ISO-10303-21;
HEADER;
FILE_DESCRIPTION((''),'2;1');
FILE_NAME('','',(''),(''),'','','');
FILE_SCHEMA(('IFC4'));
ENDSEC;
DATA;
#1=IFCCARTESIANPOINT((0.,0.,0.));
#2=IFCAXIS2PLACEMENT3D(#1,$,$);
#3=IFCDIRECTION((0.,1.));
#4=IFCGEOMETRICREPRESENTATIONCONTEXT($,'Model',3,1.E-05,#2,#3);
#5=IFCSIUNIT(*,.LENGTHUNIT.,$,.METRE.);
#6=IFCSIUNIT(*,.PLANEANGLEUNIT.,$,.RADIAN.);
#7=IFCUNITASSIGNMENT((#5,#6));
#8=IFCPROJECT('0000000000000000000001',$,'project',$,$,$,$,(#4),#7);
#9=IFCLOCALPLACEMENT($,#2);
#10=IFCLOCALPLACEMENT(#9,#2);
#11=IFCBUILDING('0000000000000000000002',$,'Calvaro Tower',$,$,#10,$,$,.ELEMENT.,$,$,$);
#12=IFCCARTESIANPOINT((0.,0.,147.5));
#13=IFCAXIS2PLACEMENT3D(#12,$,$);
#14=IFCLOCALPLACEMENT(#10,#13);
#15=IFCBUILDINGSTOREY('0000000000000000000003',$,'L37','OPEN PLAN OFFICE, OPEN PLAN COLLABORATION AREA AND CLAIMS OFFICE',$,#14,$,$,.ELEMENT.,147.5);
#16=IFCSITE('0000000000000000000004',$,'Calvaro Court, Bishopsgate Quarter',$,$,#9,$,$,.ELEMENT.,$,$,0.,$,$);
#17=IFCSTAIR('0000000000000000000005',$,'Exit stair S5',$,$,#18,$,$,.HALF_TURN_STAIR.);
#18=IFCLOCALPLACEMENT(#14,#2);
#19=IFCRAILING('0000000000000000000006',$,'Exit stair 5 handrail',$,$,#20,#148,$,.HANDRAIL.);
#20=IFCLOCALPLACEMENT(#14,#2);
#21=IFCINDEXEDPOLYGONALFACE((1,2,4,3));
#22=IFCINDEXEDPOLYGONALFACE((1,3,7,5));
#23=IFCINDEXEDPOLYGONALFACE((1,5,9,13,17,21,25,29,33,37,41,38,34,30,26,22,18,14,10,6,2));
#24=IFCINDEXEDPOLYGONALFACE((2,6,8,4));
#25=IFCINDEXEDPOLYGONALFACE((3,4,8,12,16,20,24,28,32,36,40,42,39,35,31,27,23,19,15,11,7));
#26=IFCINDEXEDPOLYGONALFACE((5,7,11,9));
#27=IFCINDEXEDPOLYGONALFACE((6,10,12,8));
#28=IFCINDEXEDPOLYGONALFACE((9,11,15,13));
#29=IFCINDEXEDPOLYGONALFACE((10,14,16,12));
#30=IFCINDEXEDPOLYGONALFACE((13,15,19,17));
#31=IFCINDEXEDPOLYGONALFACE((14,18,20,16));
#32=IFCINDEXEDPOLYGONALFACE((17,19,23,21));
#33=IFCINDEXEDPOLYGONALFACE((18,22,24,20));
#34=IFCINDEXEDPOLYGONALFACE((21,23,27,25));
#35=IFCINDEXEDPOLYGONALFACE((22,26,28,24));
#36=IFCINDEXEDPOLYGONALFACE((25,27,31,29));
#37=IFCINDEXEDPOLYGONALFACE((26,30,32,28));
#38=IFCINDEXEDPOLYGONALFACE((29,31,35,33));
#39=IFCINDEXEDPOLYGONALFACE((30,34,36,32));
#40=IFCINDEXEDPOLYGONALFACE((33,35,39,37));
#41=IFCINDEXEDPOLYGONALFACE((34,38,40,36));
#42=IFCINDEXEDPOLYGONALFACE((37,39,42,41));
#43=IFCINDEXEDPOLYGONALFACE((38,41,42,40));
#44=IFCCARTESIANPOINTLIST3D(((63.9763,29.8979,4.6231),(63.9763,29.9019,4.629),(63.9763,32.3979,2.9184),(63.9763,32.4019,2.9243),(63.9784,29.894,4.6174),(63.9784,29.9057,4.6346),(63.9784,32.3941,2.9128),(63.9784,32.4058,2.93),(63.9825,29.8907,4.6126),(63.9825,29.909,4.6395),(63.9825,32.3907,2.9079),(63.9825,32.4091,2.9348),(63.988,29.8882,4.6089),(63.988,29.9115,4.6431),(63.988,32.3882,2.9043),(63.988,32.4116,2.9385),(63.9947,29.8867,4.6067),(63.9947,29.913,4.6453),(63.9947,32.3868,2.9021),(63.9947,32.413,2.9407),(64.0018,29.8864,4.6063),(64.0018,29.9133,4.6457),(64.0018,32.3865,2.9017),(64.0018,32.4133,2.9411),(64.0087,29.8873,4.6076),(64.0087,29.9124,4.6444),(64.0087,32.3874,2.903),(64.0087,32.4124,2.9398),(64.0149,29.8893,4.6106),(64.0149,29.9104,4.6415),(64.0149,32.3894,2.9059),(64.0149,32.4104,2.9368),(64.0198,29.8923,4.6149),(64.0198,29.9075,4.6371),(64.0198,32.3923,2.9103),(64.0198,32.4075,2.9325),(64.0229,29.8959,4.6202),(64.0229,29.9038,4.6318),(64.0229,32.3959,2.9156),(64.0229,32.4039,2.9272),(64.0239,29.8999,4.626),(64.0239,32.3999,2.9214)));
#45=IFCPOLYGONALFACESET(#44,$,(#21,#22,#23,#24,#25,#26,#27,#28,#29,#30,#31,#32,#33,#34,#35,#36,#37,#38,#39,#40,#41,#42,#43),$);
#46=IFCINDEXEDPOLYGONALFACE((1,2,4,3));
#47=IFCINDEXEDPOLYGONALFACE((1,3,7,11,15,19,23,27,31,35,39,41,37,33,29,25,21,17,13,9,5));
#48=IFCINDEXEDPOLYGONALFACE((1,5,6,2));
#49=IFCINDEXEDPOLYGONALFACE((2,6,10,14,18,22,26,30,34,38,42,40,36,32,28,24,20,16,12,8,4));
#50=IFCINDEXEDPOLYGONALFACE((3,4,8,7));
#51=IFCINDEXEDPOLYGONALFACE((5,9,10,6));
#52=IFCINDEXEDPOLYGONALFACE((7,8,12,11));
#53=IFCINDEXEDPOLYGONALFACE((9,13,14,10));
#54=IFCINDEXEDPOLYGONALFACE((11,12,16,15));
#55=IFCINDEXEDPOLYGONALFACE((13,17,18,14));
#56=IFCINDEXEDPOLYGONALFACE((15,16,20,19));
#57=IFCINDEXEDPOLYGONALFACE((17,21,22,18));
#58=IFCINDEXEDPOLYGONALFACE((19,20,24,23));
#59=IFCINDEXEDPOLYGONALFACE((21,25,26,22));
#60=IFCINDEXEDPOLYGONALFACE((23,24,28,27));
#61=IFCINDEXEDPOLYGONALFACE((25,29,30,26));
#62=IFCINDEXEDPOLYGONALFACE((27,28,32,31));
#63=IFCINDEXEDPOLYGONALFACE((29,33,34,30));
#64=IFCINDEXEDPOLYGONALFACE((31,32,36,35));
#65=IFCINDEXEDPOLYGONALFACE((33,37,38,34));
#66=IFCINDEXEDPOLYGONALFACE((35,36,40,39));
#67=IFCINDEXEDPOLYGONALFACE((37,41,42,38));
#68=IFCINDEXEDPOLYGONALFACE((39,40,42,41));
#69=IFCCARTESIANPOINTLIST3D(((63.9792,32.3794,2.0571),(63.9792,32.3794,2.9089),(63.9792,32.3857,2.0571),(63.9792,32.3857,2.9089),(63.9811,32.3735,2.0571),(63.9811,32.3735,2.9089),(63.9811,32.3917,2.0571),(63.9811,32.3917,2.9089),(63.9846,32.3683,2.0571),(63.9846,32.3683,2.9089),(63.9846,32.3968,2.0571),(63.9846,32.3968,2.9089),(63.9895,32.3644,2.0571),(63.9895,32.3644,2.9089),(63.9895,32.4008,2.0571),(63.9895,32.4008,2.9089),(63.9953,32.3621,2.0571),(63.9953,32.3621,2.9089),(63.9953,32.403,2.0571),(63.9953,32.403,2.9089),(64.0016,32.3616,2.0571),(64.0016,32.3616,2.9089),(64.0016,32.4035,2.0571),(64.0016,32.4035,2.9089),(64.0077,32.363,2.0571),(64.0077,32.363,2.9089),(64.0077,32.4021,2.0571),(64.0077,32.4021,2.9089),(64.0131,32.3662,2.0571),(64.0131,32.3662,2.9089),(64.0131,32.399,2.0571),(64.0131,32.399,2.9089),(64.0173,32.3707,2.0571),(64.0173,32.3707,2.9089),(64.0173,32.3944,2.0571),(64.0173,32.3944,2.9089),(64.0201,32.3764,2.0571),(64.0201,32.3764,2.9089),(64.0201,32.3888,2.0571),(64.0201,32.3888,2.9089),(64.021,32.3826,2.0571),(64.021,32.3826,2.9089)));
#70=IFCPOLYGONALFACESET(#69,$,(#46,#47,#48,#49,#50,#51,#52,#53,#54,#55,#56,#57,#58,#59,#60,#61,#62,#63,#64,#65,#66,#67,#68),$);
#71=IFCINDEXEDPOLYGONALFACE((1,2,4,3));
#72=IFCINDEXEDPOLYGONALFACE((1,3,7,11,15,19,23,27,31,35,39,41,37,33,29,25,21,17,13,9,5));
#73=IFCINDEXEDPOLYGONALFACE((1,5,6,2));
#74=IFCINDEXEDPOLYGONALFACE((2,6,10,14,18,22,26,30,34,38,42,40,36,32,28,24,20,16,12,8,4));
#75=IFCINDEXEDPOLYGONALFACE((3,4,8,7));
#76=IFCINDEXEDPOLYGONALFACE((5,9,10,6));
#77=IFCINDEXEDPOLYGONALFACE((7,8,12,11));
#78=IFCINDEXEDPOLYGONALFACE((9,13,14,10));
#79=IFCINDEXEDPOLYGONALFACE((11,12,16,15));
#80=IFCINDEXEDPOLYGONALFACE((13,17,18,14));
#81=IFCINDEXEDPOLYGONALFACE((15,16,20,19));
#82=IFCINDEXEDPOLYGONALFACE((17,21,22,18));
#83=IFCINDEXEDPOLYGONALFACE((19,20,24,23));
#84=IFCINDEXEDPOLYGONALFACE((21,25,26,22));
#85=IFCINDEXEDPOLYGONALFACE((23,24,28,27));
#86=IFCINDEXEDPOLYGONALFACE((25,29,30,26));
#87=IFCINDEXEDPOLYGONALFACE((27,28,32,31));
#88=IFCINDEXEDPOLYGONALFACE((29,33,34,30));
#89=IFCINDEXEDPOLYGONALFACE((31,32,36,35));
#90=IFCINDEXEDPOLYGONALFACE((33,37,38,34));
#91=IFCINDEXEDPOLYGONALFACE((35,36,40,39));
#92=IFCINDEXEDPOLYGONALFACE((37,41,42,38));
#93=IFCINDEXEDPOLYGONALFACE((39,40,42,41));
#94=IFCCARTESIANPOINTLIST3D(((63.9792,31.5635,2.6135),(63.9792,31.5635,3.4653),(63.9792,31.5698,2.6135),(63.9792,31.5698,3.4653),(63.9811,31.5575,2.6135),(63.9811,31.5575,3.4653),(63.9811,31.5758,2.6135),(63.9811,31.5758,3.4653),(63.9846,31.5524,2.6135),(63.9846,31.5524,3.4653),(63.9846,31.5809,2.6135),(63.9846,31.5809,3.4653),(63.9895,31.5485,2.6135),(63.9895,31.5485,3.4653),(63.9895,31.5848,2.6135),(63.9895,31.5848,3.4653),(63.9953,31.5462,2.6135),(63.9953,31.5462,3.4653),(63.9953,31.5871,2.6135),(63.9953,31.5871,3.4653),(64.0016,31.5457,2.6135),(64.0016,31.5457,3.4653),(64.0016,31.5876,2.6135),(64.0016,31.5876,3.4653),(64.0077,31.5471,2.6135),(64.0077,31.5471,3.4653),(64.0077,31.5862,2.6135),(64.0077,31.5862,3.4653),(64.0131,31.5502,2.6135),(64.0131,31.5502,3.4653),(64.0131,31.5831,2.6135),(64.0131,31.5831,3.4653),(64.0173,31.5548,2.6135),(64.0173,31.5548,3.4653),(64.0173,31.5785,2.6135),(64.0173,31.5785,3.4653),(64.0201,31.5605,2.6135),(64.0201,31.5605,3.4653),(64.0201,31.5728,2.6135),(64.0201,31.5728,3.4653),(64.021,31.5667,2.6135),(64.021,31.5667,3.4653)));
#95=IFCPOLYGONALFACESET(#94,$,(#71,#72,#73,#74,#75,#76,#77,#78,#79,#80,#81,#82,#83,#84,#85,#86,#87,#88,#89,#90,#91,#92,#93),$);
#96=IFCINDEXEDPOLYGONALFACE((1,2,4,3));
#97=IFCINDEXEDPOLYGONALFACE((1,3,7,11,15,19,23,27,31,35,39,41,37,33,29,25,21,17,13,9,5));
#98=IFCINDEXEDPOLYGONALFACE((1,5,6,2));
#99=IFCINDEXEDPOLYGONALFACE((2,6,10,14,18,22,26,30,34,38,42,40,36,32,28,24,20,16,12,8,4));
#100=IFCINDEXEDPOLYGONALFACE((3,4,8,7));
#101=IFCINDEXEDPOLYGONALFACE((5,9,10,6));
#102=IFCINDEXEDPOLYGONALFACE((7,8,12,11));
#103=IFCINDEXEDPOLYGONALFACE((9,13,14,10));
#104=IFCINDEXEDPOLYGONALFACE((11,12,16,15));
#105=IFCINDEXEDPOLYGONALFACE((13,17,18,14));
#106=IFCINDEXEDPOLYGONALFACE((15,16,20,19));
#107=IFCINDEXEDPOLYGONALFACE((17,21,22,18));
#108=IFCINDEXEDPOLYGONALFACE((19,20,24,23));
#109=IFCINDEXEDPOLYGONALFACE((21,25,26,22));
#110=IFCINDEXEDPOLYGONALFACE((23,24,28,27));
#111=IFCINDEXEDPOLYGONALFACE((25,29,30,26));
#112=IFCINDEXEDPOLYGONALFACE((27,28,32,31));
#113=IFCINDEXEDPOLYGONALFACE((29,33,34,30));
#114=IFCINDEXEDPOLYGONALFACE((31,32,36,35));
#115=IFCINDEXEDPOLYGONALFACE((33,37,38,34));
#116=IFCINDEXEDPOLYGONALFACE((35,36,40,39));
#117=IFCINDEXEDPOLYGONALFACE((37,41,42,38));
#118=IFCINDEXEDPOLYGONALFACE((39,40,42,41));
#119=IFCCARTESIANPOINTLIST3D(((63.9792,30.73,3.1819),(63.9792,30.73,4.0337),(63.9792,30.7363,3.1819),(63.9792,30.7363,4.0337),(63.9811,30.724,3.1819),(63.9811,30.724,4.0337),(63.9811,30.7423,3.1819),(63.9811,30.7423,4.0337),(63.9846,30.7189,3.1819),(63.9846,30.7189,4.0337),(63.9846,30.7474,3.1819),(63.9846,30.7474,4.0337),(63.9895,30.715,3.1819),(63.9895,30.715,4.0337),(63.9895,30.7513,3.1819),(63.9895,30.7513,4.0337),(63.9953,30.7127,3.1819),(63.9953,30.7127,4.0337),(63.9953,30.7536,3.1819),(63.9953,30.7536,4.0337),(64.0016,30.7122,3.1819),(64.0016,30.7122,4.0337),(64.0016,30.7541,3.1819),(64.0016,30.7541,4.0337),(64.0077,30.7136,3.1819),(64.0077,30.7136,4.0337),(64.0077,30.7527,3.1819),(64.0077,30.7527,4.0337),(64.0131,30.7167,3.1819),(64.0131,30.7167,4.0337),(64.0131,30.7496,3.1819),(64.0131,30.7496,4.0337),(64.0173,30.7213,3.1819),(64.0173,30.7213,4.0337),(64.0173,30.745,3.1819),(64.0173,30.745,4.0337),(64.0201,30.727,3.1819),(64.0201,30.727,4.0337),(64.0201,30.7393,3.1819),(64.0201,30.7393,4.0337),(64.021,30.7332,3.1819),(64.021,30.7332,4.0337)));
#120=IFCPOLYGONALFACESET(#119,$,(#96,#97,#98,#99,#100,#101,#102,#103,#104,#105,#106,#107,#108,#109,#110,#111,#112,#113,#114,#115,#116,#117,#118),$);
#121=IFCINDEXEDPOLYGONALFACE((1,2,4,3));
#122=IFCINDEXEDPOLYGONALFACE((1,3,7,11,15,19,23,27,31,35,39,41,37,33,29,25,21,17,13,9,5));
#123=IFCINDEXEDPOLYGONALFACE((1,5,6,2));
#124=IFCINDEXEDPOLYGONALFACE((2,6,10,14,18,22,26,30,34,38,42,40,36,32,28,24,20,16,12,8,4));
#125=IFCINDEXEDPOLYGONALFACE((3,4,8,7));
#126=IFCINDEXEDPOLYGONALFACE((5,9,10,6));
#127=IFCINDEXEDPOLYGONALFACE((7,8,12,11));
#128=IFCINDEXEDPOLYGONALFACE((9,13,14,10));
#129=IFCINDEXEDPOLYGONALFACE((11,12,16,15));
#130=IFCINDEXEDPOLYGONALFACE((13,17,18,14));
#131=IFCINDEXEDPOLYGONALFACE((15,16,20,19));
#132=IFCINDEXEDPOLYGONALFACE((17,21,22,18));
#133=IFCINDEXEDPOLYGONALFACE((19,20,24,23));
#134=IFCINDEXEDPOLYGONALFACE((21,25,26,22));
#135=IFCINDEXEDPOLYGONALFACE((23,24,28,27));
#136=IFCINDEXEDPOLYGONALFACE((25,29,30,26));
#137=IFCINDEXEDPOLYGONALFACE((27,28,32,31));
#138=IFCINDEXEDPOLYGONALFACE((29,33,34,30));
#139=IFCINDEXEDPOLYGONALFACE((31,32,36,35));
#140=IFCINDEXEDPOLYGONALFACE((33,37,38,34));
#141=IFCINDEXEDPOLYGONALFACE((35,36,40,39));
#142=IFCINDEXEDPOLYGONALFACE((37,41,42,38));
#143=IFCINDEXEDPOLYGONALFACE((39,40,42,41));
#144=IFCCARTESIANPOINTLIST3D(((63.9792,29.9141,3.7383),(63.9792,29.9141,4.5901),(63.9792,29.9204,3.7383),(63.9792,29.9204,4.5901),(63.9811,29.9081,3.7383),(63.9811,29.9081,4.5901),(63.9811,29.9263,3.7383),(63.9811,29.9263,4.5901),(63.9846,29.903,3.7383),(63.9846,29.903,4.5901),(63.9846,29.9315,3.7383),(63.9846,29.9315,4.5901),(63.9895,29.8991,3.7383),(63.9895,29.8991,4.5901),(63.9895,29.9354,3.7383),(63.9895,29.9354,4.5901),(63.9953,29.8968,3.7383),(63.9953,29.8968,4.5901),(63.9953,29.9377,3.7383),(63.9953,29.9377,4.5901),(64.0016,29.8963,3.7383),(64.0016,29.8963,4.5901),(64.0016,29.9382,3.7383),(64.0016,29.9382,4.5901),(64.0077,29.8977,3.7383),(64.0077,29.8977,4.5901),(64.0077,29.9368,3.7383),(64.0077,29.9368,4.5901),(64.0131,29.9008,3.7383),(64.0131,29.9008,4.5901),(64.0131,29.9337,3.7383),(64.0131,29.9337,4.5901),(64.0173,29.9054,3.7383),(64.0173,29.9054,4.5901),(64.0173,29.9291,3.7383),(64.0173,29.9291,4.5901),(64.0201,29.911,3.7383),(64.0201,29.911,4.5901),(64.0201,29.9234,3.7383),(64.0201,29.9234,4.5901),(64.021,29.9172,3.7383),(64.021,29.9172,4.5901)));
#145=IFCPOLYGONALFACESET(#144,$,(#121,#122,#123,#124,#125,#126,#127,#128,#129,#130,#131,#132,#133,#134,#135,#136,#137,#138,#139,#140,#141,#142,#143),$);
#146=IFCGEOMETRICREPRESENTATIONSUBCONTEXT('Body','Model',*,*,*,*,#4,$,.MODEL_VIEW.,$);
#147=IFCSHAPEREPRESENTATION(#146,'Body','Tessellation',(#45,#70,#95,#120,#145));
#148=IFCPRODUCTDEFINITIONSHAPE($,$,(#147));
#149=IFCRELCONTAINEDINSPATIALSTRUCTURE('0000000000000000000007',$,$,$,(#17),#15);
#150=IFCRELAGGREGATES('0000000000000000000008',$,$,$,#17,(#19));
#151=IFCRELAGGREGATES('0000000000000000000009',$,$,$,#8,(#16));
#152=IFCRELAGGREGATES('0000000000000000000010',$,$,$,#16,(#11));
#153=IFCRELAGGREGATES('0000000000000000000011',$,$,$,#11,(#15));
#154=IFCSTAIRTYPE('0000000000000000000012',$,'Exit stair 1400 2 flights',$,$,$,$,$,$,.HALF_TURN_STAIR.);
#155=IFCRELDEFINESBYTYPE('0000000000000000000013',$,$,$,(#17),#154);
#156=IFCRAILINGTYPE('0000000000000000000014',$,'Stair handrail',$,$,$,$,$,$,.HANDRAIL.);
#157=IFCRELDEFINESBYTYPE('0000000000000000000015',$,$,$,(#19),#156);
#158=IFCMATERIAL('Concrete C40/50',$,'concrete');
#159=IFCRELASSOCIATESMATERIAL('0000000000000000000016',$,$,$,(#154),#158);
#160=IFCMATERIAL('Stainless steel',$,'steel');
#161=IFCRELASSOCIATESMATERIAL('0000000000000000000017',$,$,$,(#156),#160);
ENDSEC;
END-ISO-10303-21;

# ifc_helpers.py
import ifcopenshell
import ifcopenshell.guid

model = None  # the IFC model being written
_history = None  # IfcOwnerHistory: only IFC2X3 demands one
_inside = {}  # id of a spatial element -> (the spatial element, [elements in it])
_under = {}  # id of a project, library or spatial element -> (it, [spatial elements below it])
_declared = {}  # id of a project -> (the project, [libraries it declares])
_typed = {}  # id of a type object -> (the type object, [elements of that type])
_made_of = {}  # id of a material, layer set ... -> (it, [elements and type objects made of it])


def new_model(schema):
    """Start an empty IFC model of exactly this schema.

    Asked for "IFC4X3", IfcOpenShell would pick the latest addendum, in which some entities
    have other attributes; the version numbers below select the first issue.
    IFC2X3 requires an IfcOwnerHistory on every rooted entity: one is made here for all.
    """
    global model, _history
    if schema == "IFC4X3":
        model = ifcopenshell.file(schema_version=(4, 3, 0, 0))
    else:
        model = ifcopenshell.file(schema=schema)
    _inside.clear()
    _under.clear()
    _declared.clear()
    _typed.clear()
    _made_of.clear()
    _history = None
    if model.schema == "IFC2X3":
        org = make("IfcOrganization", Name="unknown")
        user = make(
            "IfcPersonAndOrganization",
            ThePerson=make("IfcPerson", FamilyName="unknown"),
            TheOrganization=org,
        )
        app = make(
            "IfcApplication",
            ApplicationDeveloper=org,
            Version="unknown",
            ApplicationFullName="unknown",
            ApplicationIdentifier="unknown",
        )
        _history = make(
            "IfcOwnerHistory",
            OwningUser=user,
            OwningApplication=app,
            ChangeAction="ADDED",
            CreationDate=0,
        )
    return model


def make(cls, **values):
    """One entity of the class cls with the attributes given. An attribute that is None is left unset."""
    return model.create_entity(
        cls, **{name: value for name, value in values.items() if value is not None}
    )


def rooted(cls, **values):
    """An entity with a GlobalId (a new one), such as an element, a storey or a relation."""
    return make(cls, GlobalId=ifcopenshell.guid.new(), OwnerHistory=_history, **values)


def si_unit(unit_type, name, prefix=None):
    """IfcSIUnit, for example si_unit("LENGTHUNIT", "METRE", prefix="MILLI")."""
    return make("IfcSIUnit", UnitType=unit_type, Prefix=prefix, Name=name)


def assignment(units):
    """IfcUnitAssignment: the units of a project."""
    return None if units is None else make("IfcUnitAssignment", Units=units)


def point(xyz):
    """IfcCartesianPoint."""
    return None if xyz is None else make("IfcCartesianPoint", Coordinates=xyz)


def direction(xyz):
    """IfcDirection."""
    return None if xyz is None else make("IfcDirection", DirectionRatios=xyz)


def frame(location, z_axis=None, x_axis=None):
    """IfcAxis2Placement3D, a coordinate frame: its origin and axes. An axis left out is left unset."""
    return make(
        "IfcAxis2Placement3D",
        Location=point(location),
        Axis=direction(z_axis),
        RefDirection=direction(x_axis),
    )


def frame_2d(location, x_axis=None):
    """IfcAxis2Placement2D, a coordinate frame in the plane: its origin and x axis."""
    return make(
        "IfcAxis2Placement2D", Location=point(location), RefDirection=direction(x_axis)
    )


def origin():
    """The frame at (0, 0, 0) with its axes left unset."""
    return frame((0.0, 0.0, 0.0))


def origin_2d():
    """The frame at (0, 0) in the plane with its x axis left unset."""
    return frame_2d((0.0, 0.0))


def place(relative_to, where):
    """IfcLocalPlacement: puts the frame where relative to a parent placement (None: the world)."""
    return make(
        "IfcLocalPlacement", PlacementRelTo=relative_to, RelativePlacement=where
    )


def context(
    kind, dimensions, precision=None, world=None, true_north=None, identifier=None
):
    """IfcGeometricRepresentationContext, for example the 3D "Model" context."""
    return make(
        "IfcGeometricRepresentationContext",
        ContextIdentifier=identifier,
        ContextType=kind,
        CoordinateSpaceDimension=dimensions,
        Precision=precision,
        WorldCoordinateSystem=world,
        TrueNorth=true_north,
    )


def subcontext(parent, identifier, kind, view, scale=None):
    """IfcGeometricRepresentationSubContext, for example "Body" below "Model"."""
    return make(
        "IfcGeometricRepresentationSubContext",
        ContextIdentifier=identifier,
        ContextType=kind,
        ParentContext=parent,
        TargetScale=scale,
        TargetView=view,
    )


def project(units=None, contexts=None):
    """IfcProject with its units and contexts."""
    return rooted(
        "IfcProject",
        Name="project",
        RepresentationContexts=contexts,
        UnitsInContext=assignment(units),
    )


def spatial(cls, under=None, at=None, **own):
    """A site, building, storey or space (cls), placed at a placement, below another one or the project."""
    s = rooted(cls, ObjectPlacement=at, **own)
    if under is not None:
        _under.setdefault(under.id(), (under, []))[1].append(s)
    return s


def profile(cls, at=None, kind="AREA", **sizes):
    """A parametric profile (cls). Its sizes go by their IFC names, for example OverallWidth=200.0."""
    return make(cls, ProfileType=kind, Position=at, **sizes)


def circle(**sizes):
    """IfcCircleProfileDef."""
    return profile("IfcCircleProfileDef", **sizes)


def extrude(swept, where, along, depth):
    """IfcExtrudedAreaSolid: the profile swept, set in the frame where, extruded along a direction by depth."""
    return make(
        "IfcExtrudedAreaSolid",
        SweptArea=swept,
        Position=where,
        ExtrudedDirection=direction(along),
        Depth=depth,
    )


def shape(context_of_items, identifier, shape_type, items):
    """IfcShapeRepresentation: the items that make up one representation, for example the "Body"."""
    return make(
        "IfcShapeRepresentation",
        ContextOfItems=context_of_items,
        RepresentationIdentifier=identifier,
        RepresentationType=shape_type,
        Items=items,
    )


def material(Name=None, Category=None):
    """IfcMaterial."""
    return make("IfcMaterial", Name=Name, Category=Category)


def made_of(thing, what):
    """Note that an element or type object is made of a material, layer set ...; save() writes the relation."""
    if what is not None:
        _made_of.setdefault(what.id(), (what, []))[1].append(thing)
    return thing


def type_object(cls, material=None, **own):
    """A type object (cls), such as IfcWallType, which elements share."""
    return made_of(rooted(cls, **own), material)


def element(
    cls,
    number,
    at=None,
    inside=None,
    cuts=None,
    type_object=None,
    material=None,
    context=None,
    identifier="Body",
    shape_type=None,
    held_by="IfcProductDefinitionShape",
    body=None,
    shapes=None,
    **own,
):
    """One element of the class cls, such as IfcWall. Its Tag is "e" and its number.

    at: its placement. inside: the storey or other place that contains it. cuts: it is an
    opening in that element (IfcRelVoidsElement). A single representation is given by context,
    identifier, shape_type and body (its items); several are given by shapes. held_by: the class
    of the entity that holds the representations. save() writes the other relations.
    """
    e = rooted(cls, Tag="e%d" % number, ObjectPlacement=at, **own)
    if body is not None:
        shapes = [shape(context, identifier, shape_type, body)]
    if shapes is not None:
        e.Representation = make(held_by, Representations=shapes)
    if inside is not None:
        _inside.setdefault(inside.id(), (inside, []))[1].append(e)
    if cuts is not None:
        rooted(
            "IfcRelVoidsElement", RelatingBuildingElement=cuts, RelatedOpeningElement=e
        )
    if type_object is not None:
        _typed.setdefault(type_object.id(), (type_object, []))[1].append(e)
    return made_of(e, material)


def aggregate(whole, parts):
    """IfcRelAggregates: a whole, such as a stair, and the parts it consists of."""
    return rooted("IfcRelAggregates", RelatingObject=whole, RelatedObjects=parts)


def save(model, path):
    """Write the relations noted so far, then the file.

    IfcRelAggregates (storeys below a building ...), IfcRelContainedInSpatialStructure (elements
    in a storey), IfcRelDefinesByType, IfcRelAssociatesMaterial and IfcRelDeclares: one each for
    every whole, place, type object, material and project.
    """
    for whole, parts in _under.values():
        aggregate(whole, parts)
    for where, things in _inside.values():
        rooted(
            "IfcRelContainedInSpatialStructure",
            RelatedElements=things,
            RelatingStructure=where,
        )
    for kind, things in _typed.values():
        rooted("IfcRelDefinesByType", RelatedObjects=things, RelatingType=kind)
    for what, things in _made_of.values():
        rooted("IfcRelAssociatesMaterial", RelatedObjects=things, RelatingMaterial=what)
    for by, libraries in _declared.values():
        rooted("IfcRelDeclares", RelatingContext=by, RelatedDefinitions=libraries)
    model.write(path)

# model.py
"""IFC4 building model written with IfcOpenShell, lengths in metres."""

from ifc_helpers import new_model, si_unit, direction, frame, origin, origin_2d, place, context, subcontext, project, spatial, circle, extrude, material, type_object, element, aggregate, save


model = new_model("IFC4")

# Units and contexts
model_context = context("Model", 3, precision=1e-05, world=origin(), true_north=direction((0.0, 1.0)))
body_context = subcontext(model_context, "Body", "Model", "MODEL_VIEW")
ifc_project = project(units=[si_unit("LENGTHUNIT", "METRE"), si_unit("PLANEANGLEUNIT", "RADIAN")], contexts=[model_context])

# Site, building, storey
site_placement = place(None, origin())
site = spatial("IfcSite", under=ifc_project, at=site_placement, Name="Calvaro Court, Bishopsgate Quarter", CompositionType="ELEMENT", RefElevation=0.0)
building_placement = place(site_placement, origin())
building = spatial("IfcBuilding", under=site, at=building_placement, Name="Calvaro Tower", CompositionType="ELEMENT")
storey_placement = place(building_placement, frame((0.0, 0.0, 147.5)))
storey = spatial("IfcBuildingStorey", under=building, at=storey_placement, Name="L37", Description="OPEN PLAN OFFICE, OPEN PLAN COLLABORATION AREA AND CLAIMS OFFICE", CompositionType="ELEMENT", Elevation=147.5)

# Stair
ifc_material_1 = material(Name="Concrete C40/50", Category="concrete")
stair_type = type_object("IfcStairType", Name="Exit stair 1400 2 flights", PredefinedType="HALF_TURN_STAIR", material=ifc_material_1)
stair_1_placement = place(storey_placement, origin())
stair_1 = element("IfcStair", 1, at=stair_1_placement, inside=storey, type_object=stair_type, Name="Exit stair S5", PredefinedType="HALF_TURN_STAIR")

# Shared definitions
ifc_material_2 = material(Name="Stainless steel", Category="steel")
railing_type = type_object("IfcRailingType", Name="Stair handrail", PredefinedType="HANDRAIL", material=ifc_material_2)

# Railing
railing_1_placement = place(storey_placement, frame((64.0, 32.3999, 2.0454)))
railing_1 = element("IfcRailing", 2, at=railing_1_placement, type_object=railing_type, Name="Exit stair 5 handrail", PredefinedType="HANDRAIL", context=body_context, shape_type="SweptSolid", body=[
    extrude(circle(Radius=0.0239, at=origin_2d()), frame((0.0, 0.0, 0.876), z_axis=(0.0, -0.826221, 0.563347), x_axis=(1.0, 0.0, 0.0)), (0.0, 0.0, 1.0), 3.0259),
    extrude(circle(Radius=0.021, at=origin_2d()), frame((0.0, -0.0173, 0.0117)), (0.0, 0.0, 1.0), 0.8518),
    extrude(circle(Radius=0.021, at=origin_2d()), frame((0.0, -0.8333, 0.5681)), (0.0, 0.0, 1.0), 0.8518),
    extrude(circle(Radius=0.021, at=origin_2d()), frame((0.0, -1.6667, 1.1365)), (0.0, 0.0, 1.0), 0.8518),
    extrude(circle(Radius=0.021, at=origin_2d()), frame((0.0, -2.4827, 1.6929)), (0.0, 0.0, 1.0), 0.8518),
])
aggregate(stair_1, [railing_1])

save(model, "model.ifc")
